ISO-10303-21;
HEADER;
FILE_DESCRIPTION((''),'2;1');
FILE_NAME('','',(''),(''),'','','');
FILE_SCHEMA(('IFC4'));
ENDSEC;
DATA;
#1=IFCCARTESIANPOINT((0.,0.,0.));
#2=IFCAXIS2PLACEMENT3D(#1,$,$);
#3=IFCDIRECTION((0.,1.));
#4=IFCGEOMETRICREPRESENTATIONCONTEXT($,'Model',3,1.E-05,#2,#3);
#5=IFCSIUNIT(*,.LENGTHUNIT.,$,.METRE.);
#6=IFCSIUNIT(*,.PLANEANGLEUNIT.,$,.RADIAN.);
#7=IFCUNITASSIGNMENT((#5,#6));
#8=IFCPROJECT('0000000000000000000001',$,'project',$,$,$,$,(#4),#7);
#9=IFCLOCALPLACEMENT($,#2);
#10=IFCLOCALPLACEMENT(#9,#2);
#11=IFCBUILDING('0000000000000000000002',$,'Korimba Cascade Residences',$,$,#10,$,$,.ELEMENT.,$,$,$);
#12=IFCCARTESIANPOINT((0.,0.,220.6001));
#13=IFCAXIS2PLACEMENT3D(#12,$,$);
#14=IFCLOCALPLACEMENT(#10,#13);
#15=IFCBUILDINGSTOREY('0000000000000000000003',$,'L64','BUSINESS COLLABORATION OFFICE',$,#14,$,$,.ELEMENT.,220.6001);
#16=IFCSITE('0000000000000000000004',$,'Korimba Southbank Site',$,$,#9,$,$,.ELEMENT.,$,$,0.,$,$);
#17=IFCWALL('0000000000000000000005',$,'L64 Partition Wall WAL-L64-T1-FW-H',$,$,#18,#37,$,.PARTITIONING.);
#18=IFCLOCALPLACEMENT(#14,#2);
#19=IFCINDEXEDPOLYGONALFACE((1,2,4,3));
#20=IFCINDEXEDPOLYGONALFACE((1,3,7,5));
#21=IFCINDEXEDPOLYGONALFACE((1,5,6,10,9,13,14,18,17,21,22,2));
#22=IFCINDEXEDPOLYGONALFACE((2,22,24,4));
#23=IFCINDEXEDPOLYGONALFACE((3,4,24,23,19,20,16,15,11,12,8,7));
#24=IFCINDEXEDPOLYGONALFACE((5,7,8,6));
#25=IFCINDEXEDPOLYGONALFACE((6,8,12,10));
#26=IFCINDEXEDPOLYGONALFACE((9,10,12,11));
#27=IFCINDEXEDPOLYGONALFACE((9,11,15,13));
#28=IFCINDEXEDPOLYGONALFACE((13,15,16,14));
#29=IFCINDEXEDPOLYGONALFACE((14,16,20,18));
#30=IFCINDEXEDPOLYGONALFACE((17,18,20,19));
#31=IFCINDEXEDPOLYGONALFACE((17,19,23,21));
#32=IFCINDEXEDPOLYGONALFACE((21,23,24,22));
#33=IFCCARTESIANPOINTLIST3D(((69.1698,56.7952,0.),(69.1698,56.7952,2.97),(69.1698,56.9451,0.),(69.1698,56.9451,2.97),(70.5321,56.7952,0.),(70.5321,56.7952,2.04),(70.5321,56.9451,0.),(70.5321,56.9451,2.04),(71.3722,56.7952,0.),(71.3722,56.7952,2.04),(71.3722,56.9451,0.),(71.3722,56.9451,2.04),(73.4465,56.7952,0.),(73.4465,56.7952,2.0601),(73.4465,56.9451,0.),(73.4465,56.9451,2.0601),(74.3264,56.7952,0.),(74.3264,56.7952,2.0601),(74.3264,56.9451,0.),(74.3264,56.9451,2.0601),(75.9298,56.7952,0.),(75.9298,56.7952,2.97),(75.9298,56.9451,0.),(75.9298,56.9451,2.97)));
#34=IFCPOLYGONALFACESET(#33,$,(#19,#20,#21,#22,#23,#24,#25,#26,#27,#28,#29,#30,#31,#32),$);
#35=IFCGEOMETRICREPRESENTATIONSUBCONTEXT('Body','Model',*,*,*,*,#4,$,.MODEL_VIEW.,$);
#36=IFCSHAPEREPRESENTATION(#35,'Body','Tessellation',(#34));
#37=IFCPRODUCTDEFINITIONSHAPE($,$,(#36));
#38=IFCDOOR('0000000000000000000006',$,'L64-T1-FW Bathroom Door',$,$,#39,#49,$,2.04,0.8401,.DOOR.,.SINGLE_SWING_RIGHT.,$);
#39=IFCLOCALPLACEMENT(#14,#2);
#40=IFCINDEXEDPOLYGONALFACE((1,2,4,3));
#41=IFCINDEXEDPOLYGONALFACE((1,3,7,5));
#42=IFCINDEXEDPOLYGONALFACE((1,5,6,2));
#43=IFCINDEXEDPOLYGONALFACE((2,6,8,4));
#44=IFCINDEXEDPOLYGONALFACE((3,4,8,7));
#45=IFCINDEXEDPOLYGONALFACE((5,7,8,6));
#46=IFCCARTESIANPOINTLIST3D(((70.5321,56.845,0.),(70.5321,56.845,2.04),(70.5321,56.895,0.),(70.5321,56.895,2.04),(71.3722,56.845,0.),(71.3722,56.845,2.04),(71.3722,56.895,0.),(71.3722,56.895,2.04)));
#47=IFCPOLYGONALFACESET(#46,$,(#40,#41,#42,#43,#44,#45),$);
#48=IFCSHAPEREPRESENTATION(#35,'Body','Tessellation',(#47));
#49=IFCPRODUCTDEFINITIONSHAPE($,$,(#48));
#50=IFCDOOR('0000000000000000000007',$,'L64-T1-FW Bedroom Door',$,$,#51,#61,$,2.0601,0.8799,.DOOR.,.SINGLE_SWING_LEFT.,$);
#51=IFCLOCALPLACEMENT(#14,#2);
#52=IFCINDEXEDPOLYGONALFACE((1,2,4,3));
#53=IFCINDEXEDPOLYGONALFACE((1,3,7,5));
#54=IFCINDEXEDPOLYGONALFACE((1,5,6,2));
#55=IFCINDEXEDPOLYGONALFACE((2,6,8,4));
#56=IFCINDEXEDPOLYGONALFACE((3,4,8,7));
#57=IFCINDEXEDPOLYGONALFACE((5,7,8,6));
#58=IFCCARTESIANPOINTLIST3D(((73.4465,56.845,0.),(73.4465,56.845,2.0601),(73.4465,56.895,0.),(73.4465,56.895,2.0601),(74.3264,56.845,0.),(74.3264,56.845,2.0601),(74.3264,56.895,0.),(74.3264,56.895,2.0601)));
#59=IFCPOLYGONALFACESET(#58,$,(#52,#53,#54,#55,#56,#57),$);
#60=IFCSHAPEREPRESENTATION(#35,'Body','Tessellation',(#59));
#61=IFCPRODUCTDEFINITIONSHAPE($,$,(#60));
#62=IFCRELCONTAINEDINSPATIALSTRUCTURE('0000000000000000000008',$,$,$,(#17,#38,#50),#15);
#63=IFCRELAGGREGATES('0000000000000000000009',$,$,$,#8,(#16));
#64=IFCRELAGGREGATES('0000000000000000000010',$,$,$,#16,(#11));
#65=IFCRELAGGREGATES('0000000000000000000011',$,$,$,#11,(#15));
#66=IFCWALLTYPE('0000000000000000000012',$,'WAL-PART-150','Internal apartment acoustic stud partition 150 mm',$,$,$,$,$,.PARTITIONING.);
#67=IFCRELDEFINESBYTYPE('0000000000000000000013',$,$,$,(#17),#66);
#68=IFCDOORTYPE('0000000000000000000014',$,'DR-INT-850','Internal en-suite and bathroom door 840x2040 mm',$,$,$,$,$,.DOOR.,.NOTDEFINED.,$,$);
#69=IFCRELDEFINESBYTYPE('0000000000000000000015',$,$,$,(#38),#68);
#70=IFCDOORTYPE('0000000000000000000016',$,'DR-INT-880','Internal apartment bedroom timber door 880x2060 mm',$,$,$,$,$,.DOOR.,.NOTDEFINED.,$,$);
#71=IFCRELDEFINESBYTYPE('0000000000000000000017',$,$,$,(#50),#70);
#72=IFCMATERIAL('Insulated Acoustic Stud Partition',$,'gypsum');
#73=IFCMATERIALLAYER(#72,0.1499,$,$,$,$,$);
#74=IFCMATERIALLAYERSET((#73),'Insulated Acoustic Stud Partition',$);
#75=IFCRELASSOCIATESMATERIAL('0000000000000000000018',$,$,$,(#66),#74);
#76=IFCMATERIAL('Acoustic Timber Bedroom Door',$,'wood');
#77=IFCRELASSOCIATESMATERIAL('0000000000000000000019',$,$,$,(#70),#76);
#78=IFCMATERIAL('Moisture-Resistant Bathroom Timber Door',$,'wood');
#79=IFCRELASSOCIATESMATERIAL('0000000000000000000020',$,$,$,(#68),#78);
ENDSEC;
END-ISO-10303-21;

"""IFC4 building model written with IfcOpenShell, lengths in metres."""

from ifc_helpers import new_model, si_unit, direction, frame, frame_2d, origin, place, context, subcontext, project, spatial, rectangle, extrude, material, layer, layer_set, type_object, element, fill, save


model = new_model("IFC4")

# Units and contexts
model_context = context("Model", 3, precision=1e-05, world=origin(), true_north=direction((0.0, 1.0)))
body_context = subcontext(model_context, "Body", "Model", "MODEL_VIEW")
ifc_project = project(units=[si_unit("LENGTHUNIT", "METRE"), si_unit("PLANEANGLEUNIT", "RADIAN")], contexts=[model_context])

# Site, building, storey
site_placement = place(None, origin())
site = spatial("IfcSite", under=ifc_project, at=site_placement, Name="Korimba Southbank Site", CompositionType="ELEMENT", RefElevation=0.0)
building_placement = place(site_placement, origin())
building = spatial("IfcBuilding", under=site, at=building_placement, Name="Korimba Cascade Residences", CompositionType="ELEMENT")
storey_placement = place(building_placement, frame((0.0, 0.0, 220.6001)))
storey = spatial("IfcBuildingStorey", under=building, at=storey_placement, Name="L64", Description="BUSINESS COLLABORATION OFFICE", CompositionType="ELEMENT", Elevation=220.6001)

# Shared definitions
ifc_material_1 = material(Name="Insulated Acoustic Stud Partition", Category="gypsum")
ifc_layer_1 = layer(ifc_material_1, 0.1499)
ifc_layer_set_1 = layer_set([ifc_layer_1], Name="Insulated Acoustic Stud Partition")
wall_type_1 = type_object("IfcWallType", Name="WAL-PART-150", Description="Internal apartment acoustic stud partition 150 mm", PredefinedType="PARTITIONING", material=ifc_layer_set_1)
ifc_material_2 = material(Name="Acoustic Timber Bedroom Door", Category="wood")
door_type_1 = type_object("IfcDoorType", Name="DR-INT-880", Description="Internal apartment bedroom timber door 880x2060 mm", OperationType="NOTDEFINED", PredefinedType="DOOR", material=ifc_material_2)

# Wall, openings, doors
wall_1_placement = place(storey_placement, frame((69.1699, 56.8701, 0.0), z_axis=(0.0, 0.0, 1.0), x_axis=(1.0, 0.0, 0.0)))
wall_1 = element("IfcWall", 1, at=wall_1_placement, inside=storey, type_object=wall_type_1, Name="L64 Partition Wall WAL-L64-T1-FW-H", PredefinedType="PARTITIONING", context=body_context, shape_type="SweptSolid", body=[
    extrude(rectangle(XDim=6.76, YDim=0.1499, at=frame_2d((3.3799, 0.0))), origin(), (0.0, 0.0, 1.0), 2.97),
])
opening_1_placement = place(wall_1_placement, frame((1.3623, 0.0, 0.0)))
opening_1 = element("IfcOpeningElement", 2, at=opening_1_placement, cuts=wall_1, PredefinedType="OPENING", context=body_context, shape_type="SweptSolid", body=[
    extrude(rectangle(XDim=0.8401, YDim=2.04, at=frame_2d((0.4199, 1.02))), frame((0.0, 0.085, 0.0), z_axis=(0.0, -1.0, 0.0), x_axis=(1.0, 0.0, 0.0)), (0.0, 0.0, 1.0), 0.1699),
])
opening_2_placement = place(wall_1_placement, frame((4.2766, 0.0, 0.0)))
opening_2 = element("IfcOpeningElement", 3, at=opening_2_placement, cuts=wall_1, PredefinedType="OPENING", context=body_context, shape_type="SweptSolid", body=[
    extrude(rectangle(XDim=0.8799, YDim=2.0601, at=frame_2d((0.4399, 1.03))), frame((0.0, 0.085, 0.0), z_axis=(0.0, -1.0, 0.0), x_axis=(1.0, 0.0, 0.0)), (0.0, 0.0, 1.0), 0.1699),
])
ifc_material_3 = material(Name="Moisture-Resistant Bathroom Timber Door", Category="wood")
door_type_2 = type_object("IfcDoorType", Name="DR-INT-850", Description="Internal en-suite and bathroom door 840x2040 mm", OperationType="NOTDEFINED", PredefinedType="DOOR", material=ifc_material_3)
door_1_placement = place(opening_1_placement, origin())
door_1 = element("IfcDoor", 4, at=door_1_placement, inside=storey, type_object=door_type_2, Name="L64-T1-FW Bathroom Door", OperationType="SINGLE_SWING_RIGHT", OverallHeight=2.04, OverallWidth=0.8401, PredefinedType="DOOR", context=body_context, shape_type="SweptSolid", body=[
    extrude(rectangle(XDim=0.8401, YDim=2.04, at=frame_2d((0.4199, 1.02))), frame((0.0, 0.0249, 0.0), z_axis=(0.0, -1.0, 0.0), x_axis=(1.0, 0.0, 0.0)), (0.0, 0.0, 1.0), 0.05),
])
fill(opening_1, door_1)
door_2_placement = place(opening_2_placement, origin())
door_2 = element("IfcDoor", 5, at=door_2_placement, inside=storey, type_object=door_type_1, Name="L64-T1-FW Bedroom Door", OperationType="SINGLE_SWING_LEFT", OverallHeight=2.0601, OverallWidth=0.8799, PredefinedType="DOOR", context=body_context, shape_type="SweptSolid", body=[
    extrude(rectangle(XDim=0.8799, YDim=2.0601, at=frame_2d((0.4399, 1.03))), frame((0.0, 0.0249, 0.0), z_axis=(0.0, -1.0, 0.0), x_axis=(1.0, 0.0, 0.0)), (0.0, 0.0, 1.0), 0.05),
])
fill(opening_2, door_2)

save(model, "model.ifc")
